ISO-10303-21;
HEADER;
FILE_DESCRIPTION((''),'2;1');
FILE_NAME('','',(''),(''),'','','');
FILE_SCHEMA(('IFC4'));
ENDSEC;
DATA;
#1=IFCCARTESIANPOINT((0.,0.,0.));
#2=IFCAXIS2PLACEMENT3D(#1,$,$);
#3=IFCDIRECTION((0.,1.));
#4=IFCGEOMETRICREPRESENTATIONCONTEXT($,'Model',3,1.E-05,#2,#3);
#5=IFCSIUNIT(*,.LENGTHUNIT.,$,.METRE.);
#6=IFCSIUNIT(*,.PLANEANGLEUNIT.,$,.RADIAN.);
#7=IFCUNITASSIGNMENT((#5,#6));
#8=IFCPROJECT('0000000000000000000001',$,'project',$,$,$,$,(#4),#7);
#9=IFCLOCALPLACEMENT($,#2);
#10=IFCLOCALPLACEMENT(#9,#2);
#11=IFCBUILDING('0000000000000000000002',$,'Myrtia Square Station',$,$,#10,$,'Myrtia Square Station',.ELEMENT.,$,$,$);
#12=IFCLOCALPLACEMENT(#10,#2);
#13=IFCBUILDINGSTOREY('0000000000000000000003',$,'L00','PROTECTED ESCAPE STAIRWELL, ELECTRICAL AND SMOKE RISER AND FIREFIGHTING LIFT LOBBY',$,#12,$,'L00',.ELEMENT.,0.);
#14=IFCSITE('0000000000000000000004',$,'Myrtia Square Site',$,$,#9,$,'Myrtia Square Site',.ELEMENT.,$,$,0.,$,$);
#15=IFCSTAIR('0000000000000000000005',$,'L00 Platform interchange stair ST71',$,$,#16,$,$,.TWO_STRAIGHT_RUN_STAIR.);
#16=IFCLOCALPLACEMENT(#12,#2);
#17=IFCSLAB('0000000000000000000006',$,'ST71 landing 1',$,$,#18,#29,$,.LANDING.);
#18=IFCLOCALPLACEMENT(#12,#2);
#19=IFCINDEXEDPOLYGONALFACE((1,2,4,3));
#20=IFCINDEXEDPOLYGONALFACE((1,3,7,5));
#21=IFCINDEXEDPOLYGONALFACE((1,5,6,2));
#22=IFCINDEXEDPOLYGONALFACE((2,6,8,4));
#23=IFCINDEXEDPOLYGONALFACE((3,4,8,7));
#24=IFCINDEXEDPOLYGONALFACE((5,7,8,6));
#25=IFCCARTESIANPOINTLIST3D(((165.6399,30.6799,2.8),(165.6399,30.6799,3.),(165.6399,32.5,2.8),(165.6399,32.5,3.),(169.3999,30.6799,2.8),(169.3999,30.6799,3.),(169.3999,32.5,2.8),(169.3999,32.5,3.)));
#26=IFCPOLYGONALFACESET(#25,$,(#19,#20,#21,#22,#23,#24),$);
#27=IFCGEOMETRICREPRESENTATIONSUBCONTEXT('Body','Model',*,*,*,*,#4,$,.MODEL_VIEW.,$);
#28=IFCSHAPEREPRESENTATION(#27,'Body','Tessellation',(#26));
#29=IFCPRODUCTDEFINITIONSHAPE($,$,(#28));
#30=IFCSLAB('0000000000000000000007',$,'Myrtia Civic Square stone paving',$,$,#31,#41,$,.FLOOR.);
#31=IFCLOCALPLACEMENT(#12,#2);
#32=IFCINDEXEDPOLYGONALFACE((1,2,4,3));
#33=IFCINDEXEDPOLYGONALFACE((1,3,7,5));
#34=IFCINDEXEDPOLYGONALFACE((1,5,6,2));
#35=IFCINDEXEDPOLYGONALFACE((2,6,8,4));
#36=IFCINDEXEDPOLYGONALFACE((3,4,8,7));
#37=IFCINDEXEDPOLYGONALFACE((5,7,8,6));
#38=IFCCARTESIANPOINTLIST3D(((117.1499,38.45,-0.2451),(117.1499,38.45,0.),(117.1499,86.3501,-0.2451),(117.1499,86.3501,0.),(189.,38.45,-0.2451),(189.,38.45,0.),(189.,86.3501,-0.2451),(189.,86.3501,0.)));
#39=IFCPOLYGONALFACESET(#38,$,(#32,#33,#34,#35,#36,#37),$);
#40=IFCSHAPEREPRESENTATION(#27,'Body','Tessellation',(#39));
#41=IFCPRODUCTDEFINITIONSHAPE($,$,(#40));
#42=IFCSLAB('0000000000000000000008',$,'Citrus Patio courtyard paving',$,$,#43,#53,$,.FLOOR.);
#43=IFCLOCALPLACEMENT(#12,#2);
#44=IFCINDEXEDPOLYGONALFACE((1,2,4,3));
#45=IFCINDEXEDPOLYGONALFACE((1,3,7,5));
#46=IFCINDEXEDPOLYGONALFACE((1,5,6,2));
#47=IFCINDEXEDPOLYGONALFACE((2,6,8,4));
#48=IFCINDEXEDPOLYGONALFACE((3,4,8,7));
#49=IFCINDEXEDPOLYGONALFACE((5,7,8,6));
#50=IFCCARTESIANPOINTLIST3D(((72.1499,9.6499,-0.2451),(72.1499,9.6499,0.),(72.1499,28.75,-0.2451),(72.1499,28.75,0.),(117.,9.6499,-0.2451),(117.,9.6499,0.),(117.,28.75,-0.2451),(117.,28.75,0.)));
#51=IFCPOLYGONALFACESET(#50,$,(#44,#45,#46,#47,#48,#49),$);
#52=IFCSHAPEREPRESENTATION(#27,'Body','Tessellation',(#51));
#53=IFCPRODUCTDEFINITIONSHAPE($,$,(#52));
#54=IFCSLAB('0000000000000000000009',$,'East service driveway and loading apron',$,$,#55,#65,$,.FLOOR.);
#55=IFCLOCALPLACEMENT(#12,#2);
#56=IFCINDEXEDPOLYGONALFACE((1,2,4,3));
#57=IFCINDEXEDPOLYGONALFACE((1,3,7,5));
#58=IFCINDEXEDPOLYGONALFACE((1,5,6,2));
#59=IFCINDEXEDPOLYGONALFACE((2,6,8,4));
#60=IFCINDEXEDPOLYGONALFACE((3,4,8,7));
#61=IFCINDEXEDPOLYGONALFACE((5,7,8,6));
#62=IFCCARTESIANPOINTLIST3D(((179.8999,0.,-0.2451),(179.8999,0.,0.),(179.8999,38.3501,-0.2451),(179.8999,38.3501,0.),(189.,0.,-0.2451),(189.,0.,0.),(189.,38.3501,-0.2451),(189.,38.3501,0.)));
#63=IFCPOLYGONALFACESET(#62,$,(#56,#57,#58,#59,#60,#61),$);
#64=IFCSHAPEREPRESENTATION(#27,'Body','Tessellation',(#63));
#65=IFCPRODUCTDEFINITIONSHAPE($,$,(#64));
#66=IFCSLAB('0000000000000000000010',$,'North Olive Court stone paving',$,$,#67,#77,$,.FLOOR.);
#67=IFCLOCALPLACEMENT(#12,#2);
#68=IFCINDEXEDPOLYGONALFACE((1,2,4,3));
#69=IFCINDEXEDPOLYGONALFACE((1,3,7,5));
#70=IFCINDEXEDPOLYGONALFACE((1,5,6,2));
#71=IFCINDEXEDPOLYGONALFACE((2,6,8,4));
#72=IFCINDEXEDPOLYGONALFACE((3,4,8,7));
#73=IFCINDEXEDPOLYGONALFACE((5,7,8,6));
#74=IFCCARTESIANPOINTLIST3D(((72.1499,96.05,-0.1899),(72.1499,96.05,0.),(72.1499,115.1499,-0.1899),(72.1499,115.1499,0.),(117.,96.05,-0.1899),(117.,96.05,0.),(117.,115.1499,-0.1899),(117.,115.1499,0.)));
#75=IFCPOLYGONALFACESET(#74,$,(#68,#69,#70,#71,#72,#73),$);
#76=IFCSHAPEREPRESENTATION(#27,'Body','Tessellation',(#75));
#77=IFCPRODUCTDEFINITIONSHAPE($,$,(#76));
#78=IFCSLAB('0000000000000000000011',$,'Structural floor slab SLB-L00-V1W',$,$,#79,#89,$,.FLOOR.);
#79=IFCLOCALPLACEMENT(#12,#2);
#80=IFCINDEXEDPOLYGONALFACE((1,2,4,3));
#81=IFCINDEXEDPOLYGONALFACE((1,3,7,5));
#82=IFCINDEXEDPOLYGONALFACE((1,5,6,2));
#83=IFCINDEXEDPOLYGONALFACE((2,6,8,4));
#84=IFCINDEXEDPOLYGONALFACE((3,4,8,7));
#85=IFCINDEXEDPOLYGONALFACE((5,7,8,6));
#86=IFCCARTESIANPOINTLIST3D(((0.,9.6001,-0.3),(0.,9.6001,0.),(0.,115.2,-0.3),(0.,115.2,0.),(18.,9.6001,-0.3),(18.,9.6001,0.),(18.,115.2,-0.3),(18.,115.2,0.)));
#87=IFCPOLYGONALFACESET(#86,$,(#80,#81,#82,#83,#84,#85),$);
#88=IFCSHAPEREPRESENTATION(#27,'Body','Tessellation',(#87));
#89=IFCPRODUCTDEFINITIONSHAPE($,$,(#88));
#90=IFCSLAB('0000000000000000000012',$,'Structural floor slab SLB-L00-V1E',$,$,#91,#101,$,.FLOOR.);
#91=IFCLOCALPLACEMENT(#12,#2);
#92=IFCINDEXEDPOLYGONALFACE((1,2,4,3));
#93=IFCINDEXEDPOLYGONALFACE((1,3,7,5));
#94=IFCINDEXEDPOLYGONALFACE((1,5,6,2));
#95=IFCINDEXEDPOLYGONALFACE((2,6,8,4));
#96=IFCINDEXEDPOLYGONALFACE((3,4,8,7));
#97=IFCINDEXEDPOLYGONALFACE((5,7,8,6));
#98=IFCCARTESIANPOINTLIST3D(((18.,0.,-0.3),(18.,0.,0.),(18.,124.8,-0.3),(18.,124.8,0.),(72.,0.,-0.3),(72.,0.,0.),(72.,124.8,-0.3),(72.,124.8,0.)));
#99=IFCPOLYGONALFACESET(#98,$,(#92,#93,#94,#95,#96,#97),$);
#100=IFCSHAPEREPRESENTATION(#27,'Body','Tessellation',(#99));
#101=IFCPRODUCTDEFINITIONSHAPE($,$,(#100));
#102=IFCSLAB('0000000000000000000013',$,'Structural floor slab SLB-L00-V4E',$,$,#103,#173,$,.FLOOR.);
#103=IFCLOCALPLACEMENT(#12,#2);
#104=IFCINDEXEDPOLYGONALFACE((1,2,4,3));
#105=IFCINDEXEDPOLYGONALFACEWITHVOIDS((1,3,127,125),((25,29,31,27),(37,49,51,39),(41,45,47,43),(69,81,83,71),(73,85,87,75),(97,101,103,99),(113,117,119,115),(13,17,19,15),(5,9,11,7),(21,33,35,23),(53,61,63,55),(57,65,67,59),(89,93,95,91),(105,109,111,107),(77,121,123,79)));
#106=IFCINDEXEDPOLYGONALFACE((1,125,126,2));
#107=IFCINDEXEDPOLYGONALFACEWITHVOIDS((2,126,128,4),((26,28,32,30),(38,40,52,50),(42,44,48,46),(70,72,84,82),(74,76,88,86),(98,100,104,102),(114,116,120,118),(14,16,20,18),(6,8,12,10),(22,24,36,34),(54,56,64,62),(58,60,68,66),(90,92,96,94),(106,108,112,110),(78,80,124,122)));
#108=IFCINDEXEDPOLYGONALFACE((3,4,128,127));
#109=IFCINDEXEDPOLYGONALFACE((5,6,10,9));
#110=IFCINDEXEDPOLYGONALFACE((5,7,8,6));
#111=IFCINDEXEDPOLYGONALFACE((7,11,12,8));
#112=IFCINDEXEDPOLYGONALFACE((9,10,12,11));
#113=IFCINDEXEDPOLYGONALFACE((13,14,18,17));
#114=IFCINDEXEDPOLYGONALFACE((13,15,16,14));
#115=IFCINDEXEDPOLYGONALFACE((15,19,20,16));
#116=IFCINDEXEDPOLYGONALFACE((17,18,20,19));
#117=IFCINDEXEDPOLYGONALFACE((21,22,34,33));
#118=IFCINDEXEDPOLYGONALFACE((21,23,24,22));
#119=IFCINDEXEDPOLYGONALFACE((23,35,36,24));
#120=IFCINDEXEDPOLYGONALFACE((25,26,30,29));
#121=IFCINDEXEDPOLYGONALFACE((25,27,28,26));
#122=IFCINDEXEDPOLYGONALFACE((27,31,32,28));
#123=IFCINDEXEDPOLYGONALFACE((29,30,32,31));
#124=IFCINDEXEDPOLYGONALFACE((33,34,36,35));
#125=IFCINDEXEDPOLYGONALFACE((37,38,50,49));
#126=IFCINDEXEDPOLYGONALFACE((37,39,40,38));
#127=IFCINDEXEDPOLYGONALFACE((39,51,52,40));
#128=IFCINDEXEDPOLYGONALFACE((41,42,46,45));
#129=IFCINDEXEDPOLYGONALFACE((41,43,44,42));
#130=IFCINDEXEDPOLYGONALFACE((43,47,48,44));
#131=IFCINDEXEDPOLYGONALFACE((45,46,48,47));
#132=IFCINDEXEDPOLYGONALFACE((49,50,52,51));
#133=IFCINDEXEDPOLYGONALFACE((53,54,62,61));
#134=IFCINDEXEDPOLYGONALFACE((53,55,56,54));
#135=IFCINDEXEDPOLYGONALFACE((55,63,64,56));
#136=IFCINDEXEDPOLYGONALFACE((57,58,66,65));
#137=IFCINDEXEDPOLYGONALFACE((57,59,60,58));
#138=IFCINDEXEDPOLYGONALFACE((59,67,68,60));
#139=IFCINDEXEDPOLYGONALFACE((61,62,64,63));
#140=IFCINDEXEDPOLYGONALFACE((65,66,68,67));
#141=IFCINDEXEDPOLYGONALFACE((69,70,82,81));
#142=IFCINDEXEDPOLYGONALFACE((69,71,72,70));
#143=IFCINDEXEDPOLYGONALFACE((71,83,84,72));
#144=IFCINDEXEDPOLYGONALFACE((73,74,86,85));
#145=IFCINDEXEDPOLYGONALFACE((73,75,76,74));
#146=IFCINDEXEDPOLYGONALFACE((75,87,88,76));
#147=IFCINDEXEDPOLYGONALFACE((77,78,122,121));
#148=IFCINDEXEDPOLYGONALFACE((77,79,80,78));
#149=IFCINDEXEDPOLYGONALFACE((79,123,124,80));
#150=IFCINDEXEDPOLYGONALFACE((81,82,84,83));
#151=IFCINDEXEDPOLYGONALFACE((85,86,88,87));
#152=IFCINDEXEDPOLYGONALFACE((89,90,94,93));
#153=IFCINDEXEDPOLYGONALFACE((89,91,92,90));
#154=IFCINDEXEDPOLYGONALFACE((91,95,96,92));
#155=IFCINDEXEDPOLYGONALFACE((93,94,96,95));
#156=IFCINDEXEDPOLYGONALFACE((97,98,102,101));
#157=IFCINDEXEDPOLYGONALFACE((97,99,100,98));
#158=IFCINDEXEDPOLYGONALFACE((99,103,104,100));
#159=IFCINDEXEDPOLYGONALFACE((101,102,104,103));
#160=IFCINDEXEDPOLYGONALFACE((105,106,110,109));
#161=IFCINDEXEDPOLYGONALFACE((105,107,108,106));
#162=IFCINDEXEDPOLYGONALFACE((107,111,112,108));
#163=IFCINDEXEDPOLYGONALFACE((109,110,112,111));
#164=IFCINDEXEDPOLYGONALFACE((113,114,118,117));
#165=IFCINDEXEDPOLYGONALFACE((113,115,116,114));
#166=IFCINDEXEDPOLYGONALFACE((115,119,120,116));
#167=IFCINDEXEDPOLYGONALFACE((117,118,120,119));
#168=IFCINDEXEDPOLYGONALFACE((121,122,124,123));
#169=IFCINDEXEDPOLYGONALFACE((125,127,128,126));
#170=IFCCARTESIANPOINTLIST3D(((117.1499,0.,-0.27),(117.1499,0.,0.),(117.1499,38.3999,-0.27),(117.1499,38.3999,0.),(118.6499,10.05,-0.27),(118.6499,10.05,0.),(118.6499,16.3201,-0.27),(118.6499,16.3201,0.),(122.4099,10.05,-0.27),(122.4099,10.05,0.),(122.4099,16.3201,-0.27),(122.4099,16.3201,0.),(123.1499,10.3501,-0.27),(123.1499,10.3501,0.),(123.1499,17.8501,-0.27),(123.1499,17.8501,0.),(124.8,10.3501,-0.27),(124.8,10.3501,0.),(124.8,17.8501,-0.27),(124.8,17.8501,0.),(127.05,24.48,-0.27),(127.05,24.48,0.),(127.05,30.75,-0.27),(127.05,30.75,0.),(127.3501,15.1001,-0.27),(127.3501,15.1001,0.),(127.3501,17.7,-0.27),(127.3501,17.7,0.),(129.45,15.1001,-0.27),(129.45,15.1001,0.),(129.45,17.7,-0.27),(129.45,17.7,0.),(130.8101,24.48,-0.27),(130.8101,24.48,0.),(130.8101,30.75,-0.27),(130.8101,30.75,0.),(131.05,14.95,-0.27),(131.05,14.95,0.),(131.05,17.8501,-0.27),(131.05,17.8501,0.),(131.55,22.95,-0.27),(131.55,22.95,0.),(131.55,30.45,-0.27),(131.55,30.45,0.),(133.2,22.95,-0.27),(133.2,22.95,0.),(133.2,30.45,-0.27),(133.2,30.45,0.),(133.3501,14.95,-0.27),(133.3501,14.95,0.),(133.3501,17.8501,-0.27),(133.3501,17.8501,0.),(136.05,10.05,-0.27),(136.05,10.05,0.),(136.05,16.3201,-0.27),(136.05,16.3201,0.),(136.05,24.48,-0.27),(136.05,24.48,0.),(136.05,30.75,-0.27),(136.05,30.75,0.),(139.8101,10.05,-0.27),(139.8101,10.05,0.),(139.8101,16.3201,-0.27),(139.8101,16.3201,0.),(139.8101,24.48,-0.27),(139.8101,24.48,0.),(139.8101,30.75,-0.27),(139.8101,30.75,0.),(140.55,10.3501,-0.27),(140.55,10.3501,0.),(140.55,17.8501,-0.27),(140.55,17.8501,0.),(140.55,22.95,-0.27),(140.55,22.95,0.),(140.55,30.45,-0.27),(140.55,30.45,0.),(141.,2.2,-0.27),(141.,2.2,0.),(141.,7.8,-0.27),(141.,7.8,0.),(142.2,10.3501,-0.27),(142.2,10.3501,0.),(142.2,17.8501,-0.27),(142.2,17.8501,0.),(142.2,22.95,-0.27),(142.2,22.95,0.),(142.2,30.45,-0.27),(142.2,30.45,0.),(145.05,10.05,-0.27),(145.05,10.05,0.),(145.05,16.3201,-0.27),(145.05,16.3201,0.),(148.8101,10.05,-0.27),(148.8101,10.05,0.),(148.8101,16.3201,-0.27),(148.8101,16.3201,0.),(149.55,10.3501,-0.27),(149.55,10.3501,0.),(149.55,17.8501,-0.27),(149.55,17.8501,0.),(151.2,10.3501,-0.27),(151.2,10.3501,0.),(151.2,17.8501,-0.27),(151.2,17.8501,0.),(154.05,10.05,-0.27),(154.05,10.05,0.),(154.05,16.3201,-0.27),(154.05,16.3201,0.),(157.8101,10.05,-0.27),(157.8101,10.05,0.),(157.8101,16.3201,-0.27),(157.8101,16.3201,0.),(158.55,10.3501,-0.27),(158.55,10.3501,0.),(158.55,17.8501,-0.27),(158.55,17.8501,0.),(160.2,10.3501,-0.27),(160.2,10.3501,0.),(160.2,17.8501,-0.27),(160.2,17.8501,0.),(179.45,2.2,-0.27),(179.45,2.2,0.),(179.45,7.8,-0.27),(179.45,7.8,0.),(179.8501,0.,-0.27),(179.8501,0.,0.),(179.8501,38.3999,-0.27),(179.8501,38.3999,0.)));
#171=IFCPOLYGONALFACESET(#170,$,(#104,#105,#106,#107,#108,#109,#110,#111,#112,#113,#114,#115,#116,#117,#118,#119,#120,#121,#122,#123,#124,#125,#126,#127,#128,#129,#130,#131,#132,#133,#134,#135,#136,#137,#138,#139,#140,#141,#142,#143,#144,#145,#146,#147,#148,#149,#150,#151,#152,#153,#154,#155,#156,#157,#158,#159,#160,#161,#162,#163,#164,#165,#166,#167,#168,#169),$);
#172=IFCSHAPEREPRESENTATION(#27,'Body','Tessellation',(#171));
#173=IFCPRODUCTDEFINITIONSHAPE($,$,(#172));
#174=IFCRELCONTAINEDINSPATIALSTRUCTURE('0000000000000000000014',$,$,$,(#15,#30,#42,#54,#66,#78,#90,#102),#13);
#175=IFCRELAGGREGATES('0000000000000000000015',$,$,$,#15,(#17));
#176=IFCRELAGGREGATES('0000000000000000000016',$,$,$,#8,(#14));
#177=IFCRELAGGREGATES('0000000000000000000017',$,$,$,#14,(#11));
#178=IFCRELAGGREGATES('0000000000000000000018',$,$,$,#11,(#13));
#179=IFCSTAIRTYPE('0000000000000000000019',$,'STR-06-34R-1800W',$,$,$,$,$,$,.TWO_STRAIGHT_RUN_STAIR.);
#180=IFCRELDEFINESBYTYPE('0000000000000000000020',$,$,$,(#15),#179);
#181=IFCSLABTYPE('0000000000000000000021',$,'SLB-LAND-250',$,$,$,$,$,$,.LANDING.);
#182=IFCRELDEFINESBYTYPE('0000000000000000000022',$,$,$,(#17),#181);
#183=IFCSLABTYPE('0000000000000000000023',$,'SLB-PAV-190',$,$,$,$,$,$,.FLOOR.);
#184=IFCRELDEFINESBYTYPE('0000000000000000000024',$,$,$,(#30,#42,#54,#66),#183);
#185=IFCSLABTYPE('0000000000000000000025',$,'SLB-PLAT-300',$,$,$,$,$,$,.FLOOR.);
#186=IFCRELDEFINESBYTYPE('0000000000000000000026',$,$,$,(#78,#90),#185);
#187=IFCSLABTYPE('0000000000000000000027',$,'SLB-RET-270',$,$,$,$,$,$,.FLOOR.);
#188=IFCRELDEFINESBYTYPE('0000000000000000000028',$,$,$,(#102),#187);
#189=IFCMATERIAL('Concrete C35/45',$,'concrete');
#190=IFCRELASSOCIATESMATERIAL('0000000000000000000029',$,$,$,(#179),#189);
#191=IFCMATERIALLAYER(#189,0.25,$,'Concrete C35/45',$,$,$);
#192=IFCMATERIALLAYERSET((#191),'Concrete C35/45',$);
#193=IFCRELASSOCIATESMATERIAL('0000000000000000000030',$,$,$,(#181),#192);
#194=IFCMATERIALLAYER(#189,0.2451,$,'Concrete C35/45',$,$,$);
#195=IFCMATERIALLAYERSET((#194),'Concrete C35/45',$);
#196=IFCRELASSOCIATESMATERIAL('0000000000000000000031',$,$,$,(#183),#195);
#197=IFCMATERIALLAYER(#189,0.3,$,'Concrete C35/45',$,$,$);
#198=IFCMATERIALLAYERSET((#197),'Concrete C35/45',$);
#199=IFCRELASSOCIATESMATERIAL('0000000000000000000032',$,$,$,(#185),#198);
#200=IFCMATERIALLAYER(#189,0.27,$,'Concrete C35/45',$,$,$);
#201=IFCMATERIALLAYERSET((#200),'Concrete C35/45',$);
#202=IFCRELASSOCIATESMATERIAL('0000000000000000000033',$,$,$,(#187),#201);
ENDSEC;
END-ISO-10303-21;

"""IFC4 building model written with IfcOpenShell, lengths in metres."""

from ifc_helpers import new_model, si_unit, direction, frame, origin, place, context, subcontext, project, spatial, polyline, outline, extrude, material, layer, layer_set, type_object, element, aggregate, save


model = new_model("IFC4")

# Units and contexts
model_context = context("Model", 3, precision=1e-05, world=origin(), true_north=direction((0.0, 1.0)))
body_context = subcontext(model_context, "Body", "Model", "MODEL_VIEW")
ifc_project = project(units=[si_unit("LENGTHUNIT", "METRE"), si_unit("PLANEANGLEUNIT", "RADIAN")], contexts=[model_context])

# Site, building, storey
site_placement = place(None, origin())
site = spatial("IfcSite", under=ifc_project, at=site_placement, Name="Myrtia Square Site", LongName="Myrtia Square Site", CompositionType="ELEMENT", RefElevation=0.0)
building_placement = place(site_placement, origin())
building = spatial("IfcBuilding", under=site, at=building_placement, Name="Myrtia Square Station", LongName="Myrtia Square Station", CompositionType="ELEMENT")
storey_placement = place(building_placement, origin())
storey = spatial("IfcBuildingStorey", under=building, at=storey_placement, Name="L00", Description="PROTECTED ESCAPE STAIRWELL, ELECTRICAL AND SMOKE RISER AND FIREFIGHTING LIFT LOBBY", LongName="L00", CompositionType="ELEMENT", Elevation=0.0)

# Shared definitions
ifc_material = material(Name="Concrete C35/45", Category="concrete")

# Stair, slab
stair_type_1 = type_object("IfcStairType", Name="STR-06-34R-1800W", PredefinedType="TWO_STRAIGHT_RUN_STAIR", material=ifc_material)
ifc_layer_1 = layer(ifc_material, 0.25, Name="Concrete C35/45")
ifc_layer_set_1 = layer_set([ifc_layer_1], Name="Concrete C35/45")
slab_type_1 = type_object("IfcSlabType", Name="SLB-LAND-250", PredefinedType="LANDING", material=ifc_layer_set_1)
stair_1_placement = place(storey_placement, origin())
stair_1 = element("IfcStair", 1, at=stair_1_placement, inside=storey, type_object=stair_type_1, Name="L00 Platform interchange stair ST71", PredefinedType="TWO_STRAIGHT_RUN_STAIR")
slab_1_placement = place(storey_placement, frame((0.0, 0.0, 2.8)))
slab_1 = element("IfcSlab", 2, at=slab_1_placement, type_object=slab_type_1, Name="ST71 landing 1", PredefinedType="LANDING", context=body_context, shape_type="SweptSolid", body=[
    extrude(outline(polyline([(169.3999, 30.6799), (169.3999, 32.5), (165.6399, 32.5), (165.6399, 30.6799), (169.3999, 30.6799)])), origin(), (0.0, 0.0, 1.0), 0.2),
])
aggregate(stair_1, [slab_1])

# Slabs
ifc_layer_2 = layer(ifc_material, 0.2451, Name="Concrete C35/45")
ifc_layer_set_2 = layer_set([ifc_layer_2], Name="Concrete C35/45")
slab_type_2 = type_object("IfcSlabType", Name="SLB-PAV-190", PredefinedType="FLOOR", material=ifc_layer_set_2)
slab_2_placement = place(storey_placement, frame((0.0, 0.0, -0.2451)))
element("IfcSlab", 3, at=slab_2_placement, inside=storey, type_object=slab_type_2, Name="Myrtia Civic Square stone paving", PredefinedType="FLOOR", context=body_context, shape_type="SweptSolid", body=[
    extrude(outline(polyline([(117.1499, 38.45), (189.0, 38.45), (189.0, 86.3501), (117.1499, 86.3501), (117.1499, 38.45)])), origin(), (0.0, 0.0, 1.0), 0.2451),
])
slab_3_placement = place(storey_placement, frame((0.0, 0.0, -0.2451)))
element("IfcSlab", 4, at=slab_3_placement, inside=storey, type_object=slab_type_2, Name="Citrus Patio courtyard paving", PredefinedType="FLOOR", context=body_context, shape_type="SweptSolid", body=[
    extrude(outline(polyline([(72.1499, 9.6499), (117.0, 9.6499), (117.0, 28.75), (72.1499, 28.75), (72.1499, 9.6499)])), origin(), (0.0, 0.0, 1.0), 0.2451),
])
slab_4_placement = place(storey_placement, frame((0.0, 0.0, -0.2451)))
element("IfcSlab", 5, at=slab_4_placement, inside=storey, type_object=slab_type_2, Name="East service driveway and loading apron", PredefinedType="FLOOR", context=body_context, shape_type="SweptSolid", body=[
    extrude(outline(polyline([(179.8999, 0.0), (189.0, 0.0), (189.0, 38.3501), (179.8999, 38.3501), (179.8999, 0.0)])), origin(), (0.0, 0.0, 1.0), 0.2451),
])
slab_5_placement = place(storey_placement, frame((0.0, 0.0, -0.1899)))
element("IfcSlab", 6, at=slab_5_placement, inside=storey, type_object=slab_type_2, Name="North Olive Court stone paving", PredefinedType="FLOOR", context=body_context, shape_type="SweptSolid", body=[
    extrude(outline(polyline([(72.1499, 96.05), (117.0, 96.05), (117.0, 115.1499), (72.1499, 115.1499), (72.1499, 96.05)])), origin(), (0.0, 0.0, 1.0), 0.1899),
])
ifc_layer_3 = layer(ifc_material, 0.3, Name="Concrete C35/45")
ifc_layer_set_3 = layer_set([ifc_layer_3], Name="Concrete C35/45")
slab_type_3 = type_object("IfcSlabType", Name="SLB-PLAT-300", PredefinedType="FLOOR", material=ifc_layer_set_3)
slab_6_placement = place(storey_placement, frame((0.0, 0.0, -0.3)))
element("IfcSlab", 7, at=slab_6_placement, inside=storey, type_object=slab_type_3, Name="Structural floor slab SLB-L00-V1W", PredefinedType="FLOOR", context=body_context, shape_type="SweptSolid", body=[
    extrude(outline(polyline([(0.0, 9.6001), (18.0, 9.6001), (18.0, 115.2), (0.0, 115.2), (0.0, 9.6001)])), origin(), (0.0, 0.0, 1.0), 0.3),
])
slab_7_placement = place(storey_placement, frame((0.0, 0.0, -0.3)))
element("IfcSlab", 8, at=slab_7_placement, inside=storey, type_object=slab_type_3, Name="Structural floor slab SLB-L00-V1E", PredefinedType="FLOOR", context=body_context, shape_type="SweptSolid", body=[
    extrude(outline(polyline([(18.0, 0.0), (72.0, 0.0), (72.0, 124.8), (18.0, 124.8), (18.0, 0.0)])), origin(), (0.0, 0.0, 1.0), 0.3),
])
ifc_layer_4 = layer(ifc_material, 0.27, Name="Concrete C35/45")
ifc_layer_set_4 = layer_set([ifc_layer_4], Name="Concrete C35/45")
slab_type_4 = type_object("IfcSlabType", Name="SLB-RET-270", PredefinedType="FLOOR", material=ifc_layer_set_4)
slab_8_placement = place(storey_placement, frame((0.0, 0.0, -0.27)))
element("IfcSlab", 9, at=slab_8_placement, inside=storey, type_object=slab_type_4, Name="Structural floor slab SLB-L00-V4E", PredefinedType="FLOOR", context=body_context, shape_type="SweptSolid", body=[
    extrude(outline(polyline([(117.1499, 0.0), (179.8501, 0.0), (179.8501, 38.3999), (117.1499, 38.3999), (117.1499, 0.0)]), holes=[polyline([(123.1499, 10.3501), (123.1499, 17.8501), (124.8, 17.8501), (124.8, 10.3501), (123.1499, 10.3501)]), polyline([(140.55, 10.3501), (140.55, 17.8501), (142.2, 17.8501), (142.2, 10.3501), (140.55, 10.3501)]), polyline([(140.55, 22.95), (140.55, 30.45), (142.2, 30.45), (142.2, 22.95), (140.55, 22.95)]), polyline([(131.55, 22.95), (131.55, 30.45), (133.2, 30.45), (133.2, 22.95), (131.55, 22.95)]), polyline([(149.55, 10.3501), (149.55, 17.8501), (151.2, 17.8501), (151.2, 10.3501), (149.55, 10.3501)]), polyline([(158.55, 10.3501), (158.55, 17.8501), (160.2, 17.8501), (160.2, 10.3501), (158.55, 10.3501)]), polyline([(118.6499, 10.05), (118.6499, 16.3201), (122.4099, 16.3201), (122.4099, 10.05), (118.6499, 10.05)]), polyline([(136.05, 10.05), (136.05, 16.3201), (139.8101, 16.3201), (139.8101, 10.05), (136.05, 10.05)]), polyline([(136.05, 24.48), (136.05, 30.75), (139.8101, 30.75), (139.8101, 24.48), (136.05, 24.48)]), polyline([(127.05, 24.48), (127.05, 30.75), (130.8101, 30.75), (130.8101, 24.48), (127.05, 24.48)]), polyline([(145.05, 10.05), (145.05, 16.3201), (148.8101, 16.3201), (148.8101, 10.05), (145.05, 10.05)]), polyline([(154.05, 10.05), (154.05, 16.3201), (157.8101, 16.3201), (157.8101, 10.05), (154.05, 10.05)]), polyline([(127.3501, 15.1001), (127.3501, 17.7), (129.45, 17.7), (129.45, 15.1001), (127.3501, 15.1001)]), polyline([(131.05, 14.95), (131.05, 17.8501), (133.3501, 17.8501), (133.3501, 14.95), (131.05, 14.95)]), polyline([(141.0, 2.2), (141.0, 7.8), (179.45, 7.8), (179.45, 2.2), (141.0, 2.2)])]), origin(), (0.0, 0.0, 1.0), 0.27),
])

save(model, "model.ifc")
